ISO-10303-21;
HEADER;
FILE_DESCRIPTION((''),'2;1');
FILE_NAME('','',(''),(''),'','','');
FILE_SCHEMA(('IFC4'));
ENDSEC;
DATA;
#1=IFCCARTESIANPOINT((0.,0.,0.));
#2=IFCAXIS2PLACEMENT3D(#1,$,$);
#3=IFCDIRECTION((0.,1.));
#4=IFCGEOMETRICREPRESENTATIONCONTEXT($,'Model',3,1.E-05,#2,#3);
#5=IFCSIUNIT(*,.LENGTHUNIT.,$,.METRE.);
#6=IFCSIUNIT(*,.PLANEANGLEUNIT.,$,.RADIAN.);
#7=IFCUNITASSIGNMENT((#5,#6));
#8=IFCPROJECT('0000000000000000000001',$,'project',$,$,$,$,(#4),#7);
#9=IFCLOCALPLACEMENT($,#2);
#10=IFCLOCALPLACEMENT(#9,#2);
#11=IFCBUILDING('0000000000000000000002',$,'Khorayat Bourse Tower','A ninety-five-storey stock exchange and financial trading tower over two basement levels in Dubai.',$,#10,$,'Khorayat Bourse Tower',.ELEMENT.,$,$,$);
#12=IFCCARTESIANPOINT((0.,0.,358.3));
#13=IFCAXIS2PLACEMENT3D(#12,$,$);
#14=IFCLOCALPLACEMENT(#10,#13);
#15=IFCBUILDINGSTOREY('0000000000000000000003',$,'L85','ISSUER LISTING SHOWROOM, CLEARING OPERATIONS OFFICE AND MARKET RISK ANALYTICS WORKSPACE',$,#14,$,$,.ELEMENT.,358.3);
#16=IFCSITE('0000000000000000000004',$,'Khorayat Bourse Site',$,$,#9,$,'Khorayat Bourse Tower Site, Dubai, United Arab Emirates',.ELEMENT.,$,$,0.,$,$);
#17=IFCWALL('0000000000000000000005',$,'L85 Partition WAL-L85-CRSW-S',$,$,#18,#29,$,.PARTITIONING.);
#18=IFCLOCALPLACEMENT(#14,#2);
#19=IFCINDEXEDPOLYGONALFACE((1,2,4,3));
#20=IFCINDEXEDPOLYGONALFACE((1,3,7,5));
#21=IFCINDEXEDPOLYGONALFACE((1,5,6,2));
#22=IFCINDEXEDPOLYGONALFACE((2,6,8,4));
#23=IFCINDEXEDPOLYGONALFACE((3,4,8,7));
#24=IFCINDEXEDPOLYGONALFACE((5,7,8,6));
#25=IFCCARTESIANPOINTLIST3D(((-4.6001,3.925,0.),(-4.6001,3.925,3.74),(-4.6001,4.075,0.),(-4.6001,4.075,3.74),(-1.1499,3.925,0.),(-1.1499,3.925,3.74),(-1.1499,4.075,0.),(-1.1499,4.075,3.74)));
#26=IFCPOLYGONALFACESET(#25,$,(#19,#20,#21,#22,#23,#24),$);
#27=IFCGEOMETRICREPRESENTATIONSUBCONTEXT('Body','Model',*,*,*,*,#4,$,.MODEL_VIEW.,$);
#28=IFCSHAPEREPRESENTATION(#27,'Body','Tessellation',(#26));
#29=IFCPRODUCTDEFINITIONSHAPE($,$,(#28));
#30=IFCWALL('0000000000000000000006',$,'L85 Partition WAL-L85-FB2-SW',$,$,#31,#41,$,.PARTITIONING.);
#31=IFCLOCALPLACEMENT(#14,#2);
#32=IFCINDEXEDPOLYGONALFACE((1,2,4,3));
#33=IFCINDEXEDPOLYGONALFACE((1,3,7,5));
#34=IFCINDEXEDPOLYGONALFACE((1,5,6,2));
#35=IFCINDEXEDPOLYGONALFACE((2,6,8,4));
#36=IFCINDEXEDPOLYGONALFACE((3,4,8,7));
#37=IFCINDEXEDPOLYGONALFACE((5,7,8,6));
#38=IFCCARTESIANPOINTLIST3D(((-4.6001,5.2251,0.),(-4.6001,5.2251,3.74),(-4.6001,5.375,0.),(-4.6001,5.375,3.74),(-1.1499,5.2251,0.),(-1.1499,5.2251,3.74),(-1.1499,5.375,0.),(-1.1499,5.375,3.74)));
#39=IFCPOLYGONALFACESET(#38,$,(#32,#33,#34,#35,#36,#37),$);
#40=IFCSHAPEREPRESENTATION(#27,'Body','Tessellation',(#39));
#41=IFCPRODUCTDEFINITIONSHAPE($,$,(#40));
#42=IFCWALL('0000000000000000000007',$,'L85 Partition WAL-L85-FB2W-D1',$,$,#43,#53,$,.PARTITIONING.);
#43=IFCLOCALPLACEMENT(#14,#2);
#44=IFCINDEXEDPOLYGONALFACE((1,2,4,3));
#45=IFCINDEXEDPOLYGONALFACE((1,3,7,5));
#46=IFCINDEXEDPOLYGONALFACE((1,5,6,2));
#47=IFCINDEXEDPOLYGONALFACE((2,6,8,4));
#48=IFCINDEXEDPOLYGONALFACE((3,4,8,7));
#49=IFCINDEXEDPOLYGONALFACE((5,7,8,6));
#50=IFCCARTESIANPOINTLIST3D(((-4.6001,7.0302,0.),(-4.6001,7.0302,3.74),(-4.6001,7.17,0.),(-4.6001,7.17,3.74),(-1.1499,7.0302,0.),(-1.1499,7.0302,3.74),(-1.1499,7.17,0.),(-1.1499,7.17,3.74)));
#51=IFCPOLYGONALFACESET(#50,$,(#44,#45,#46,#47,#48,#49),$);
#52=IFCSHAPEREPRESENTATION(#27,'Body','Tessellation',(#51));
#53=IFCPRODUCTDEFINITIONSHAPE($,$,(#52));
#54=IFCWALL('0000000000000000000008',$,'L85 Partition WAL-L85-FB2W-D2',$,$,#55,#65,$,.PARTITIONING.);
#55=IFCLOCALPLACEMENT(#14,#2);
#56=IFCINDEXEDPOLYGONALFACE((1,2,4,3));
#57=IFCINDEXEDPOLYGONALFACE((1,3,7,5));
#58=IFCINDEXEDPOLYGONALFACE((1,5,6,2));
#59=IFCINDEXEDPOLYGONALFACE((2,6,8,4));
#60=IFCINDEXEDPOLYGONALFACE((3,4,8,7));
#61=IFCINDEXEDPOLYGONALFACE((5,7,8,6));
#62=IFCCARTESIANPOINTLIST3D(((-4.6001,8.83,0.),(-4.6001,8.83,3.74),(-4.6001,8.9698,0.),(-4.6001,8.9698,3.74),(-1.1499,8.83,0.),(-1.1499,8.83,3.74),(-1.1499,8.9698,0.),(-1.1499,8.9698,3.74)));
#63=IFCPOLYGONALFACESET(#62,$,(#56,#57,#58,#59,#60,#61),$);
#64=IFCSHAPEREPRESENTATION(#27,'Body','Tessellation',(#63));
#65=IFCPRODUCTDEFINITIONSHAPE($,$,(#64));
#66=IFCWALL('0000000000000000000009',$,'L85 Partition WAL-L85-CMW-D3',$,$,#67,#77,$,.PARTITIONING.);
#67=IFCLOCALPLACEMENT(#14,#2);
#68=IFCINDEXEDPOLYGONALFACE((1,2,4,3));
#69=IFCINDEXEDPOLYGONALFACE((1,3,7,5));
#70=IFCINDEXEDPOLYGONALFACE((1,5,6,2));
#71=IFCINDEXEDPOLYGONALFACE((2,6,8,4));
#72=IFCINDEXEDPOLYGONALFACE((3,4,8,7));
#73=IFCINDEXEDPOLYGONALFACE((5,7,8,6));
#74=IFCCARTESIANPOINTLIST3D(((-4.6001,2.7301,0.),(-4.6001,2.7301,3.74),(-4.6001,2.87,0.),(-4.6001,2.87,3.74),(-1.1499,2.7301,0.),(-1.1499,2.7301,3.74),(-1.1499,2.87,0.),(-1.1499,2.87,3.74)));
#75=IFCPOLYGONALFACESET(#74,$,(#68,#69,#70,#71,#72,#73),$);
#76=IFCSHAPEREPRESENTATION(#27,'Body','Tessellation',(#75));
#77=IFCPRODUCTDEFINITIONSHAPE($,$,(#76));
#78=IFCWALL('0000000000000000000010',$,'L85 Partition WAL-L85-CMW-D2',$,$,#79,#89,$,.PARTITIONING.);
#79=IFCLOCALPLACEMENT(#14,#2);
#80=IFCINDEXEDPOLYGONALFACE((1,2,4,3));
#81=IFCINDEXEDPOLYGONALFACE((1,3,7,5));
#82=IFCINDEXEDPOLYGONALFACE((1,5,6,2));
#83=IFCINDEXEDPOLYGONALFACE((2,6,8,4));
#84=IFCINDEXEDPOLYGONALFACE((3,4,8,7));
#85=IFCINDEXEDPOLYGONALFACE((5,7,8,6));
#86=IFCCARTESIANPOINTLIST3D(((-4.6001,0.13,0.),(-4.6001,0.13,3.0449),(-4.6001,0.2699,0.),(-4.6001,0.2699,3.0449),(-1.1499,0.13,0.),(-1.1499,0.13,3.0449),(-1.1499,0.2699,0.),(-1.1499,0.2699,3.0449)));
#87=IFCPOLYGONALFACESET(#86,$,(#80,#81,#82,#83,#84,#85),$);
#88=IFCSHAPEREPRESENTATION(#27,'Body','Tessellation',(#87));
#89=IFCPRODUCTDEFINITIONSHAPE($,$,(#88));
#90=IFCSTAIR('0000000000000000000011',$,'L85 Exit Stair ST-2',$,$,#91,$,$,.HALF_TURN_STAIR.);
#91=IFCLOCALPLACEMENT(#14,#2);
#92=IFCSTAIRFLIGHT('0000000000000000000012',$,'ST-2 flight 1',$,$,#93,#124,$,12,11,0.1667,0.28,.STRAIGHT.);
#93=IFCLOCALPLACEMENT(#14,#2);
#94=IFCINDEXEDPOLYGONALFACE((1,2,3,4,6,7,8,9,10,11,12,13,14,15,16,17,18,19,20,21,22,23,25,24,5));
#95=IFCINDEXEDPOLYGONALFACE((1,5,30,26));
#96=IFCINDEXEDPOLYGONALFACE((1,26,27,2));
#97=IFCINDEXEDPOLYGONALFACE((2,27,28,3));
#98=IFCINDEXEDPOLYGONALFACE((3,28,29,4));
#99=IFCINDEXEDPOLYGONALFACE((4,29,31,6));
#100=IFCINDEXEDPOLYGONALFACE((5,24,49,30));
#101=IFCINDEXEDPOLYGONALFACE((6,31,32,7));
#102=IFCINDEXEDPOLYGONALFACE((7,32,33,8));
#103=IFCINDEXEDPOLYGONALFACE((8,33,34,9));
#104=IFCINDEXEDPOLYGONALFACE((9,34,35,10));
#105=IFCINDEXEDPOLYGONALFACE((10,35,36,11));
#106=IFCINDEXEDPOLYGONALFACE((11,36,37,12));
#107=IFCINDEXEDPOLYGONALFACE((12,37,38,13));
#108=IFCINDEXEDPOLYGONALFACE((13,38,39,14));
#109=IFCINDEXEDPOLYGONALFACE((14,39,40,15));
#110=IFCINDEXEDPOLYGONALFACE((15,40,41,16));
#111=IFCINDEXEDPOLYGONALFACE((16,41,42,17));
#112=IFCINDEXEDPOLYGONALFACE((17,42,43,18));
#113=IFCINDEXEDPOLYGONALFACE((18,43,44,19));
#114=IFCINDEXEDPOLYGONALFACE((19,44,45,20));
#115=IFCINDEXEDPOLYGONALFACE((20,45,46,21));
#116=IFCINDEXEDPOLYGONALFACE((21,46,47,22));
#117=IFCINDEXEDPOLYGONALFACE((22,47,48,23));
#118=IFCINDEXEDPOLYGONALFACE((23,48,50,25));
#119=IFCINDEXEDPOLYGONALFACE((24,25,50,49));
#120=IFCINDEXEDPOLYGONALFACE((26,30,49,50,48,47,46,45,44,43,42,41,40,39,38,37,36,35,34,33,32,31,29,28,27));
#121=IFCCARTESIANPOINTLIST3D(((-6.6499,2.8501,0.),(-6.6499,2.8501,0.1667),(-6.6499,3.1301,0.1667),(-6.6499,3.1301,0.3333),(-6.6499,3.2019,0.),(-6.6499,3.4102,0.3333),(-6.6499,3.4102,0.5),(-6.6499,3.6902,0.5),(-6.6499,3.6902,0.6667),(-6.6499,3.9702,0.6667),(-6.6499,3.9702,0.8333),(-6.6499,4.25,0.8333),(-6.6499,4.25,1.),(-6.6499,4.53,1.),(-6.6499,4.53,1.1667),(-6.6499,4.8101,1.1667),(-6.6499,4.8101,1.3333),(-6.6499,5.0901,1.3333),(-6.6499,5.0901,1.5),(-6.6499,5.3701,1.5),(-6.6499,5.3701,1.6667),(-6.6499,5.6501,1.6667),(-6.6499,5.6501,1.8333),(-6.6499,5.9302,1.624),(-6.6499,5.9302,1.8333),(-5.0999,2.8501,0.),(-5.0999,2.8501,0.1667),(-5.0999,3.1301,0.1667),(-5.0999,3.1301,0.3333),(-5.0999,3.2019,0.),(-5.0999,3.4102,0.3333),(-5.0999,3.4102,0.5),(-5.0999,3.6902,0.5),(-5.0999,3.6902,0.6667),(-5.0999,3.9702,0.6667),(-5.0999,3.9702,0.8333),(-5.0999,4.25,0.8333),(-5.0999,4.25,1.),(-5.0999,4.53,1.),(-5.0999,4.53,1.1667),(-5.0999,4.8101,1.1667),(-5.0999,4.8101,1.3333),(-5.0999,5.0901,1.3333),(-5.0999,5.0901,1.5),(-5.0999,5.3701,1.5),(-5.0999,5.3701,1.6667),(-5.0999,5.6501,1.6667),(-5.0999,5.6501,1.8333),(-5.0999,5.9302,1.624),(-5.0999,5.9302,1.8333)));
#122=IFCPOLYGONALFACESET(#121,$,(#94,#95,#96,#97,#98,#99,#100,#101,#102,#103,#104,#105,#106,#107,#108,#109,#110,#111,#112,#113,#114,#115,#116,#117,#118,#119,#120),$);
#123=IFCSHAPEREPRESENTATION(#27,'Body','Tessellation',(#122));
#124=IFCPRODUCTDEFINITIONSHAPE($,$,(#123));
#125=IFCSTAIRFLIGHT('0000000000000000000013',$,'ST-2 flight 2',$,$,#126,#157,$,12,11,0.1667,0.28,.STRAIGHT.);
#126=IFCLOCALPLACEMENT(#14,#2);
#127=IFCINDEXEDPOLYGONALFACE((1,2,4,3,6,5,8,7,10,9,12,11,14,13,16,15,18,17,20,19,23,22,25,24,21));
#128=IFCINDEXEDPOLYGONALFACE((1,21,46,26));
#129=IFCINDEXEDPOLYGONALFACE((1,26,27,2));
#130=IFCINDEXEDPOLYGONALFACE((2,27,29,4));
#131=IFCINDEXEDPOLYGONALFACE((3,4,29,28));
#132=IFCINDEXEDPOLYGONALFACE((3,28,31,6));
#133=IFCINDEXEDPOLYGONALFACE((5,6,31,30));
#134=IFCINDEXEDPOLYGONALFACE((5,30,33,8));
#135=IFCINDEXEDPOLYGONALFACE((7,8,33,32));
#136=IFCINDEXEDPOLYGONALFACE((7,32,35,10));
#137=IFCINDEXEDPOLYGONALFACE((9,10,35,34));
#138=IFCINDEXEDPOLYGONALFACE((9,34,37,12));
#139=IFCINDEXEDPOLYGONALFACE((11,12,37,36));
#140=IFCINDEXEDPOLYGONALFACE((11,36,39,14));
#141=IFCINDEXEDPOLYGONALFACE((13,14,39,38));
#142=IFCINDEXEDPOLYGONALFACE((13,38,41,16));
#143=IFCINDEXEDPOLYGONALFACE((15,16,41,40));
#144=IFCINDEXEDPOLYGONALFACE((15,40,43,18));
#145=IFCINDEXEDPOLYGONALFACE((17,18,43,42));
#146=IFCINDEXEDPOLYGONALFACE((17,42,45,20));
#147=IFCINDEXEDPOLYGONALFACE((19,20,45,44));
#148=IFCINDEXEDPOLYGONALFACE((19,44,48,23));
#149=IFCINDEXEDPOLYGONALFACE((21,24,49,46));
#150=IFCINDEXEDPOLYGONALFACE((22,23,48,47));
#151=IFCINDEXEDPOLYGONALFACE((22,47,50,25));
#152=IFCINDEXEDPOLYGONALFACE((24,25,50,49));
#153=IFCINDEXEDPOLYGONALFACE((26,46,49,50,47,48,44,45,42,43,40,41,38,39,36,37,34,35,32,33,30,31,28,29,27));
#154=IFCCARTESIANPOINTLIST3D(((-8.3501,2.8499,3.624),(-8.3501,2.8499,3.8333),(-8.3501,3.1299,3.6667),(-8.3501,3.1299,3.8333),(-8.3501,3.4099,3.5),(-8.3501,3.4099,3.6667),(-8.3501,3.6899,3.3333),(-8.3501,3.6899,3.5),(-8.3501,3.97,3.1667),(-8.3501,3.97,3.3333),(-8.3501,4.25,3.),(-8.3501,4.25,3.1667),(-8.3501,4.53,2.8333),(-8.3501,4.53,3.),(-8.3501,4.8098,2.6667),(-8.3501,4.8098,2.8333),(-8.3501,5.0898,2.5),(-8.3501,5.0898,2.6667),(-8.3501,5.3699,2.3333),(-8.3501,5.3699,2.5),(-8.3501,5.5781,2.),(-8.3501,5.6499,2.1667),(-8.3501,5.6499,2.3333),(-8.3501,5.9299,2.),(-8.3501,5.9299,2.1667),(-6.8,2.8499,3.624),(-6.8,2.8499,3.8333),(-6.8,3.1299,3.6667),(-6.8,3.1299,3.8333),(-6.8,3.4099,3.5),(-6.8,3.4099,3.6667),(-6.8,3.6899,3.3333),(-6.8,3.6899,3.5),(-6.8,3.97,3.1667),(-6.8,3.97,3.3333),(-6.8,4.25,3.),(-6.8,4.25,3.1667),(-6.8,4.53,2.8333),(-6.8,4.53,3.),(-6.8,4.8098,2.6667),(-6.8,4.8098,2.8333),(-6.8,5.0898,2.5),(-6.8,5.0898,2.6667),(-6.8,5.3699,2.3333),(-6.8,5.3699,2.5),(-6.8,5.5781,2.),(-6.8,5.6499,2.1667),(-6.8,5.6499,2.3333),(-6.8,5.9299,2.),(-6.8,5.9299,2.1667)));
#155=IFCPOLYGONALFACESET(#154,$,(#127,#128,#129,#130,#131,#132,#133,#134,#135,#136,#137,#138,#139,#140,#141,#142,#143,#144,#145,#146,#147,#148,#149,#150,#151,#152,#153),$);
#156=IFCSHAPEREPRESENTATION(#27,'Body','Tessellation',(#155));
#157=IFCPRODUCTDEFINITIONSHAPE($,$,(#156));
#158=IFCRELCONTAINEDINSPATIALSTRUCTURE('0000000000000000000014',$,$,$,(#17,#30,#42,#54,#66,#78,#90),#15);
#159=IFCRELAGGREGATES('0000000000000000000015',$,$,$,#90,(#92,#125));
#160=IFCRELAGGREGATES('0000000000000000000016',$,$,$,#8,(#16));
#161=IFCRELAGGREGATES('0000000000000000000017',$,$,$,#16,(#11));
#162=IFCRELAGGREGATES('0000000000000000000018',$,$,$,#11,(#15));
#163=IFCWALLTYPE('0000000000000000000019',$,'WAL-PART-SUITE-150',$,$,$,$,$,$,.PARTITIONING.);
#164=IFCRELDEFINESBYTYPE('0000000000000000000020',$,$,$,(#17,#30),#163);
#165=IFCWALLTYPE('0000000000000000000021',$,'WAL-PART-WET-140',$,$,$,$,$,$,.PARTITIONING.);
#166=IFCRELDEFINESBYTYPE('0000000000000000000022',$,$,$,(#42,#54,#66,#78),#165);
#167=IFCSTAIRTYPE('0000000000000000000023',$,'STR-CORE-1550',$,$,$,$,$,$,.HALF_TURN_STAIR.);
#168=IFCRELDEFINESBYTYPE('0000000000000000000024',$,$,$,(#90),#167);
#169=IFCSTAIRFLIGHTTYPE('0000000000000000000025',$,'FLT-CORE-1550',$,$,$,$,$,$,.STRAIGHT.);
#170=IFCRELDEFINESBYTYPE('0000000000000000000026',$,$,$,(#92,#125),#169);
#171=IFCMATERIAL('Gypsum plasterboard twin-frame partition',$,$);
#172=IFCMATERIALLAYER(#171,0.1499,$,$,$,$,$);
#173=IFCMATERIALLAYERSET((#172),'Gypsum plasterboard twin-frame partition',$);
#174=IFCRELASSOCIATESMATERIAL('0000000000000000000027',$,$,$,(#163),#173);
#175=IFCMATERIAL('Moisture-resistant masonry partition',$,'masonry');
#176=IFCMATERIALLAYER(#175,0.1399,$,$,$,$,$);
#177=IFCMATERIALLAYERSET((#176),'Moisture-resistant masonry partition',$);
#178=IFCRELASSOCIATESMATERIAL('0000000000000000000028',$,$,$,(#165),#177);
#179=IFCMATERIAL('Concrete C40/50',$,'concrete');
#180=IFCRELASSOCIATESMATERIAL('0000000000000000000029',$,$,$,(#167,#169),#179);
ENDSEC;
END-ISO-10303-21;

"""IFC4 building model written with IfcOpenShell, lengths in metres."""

from ifc_helpers import new_model, si_unit, direction, frame, frame_2d, origin, place, context, subcontext, project, spatial, polyline, rectangle, outline, extrude, source, transform, mapped, material, layer, layer_set, type_object, element, aggregate, save


model = new_model("IFC4")

# Units and contexts
model_context = context("Model", 3, precision=1e-05, world=origin(), true_north=direction((0.0, 1.0)))
body_context = subcontext(model_context, "Body", "Model", "MODEL_VIEW")
ifc_project = project(units=[si_unit("LENGTHUNIT", "METRE"), si_unit("PLANEANGLEUNIT", "RADIAN")], contexts=[model_context])

# Site, building, storey
site_placement = place(None, origin())
site = spatial("IfcSite", under=ifc_project, at=site_placement, Name="Khorayat Bourse Site", LongName="Khorayat Bourse Tower Site, Dubai, United Arab Emirates", CompositionType="ELEMENT", RefElevation=0.0)
building_placement = place(site_placement, origin())
building = spatial("IfcBuilding", under=site, at=building_placement, Name="Khorayat Bourse Tower", Description="A ninety-five-storey stock exchange and financial trading tower over two basement levels in Dubai.", LongName="Khorayat Bourse Tower", CompositionType="ELEMENT")
storey_placement = place(building_placement, frame((0.0, 0.0, 358.3)))
storey = spatial("IfcBuildingStorey", under=building, at=storey_placement, Name="L85", Description="ISSUER LISTING SHOWROOM, CLEARING OPERATIONS OFFICE AND MARKET RISK ANALYTICS WORKSPACE", CompositionType="ELEMENT", Elevation=358.3)

# Walls
ifc_material_1 = material(Name="Gypsum plasterboard twin-frame partition")
ifc_layer_1 = layer(ifc_material_1, 0.1499)
ifc_layer_set_1 = layer_set([ifc_layer_1], Name="Gypsum plasterboard twin-frame partition")
wall_type_1 = type_object("IfcWallType", Name="WAL-PART-SUITE-150", PredefinedType="PARTITIONING", material=ifc_layer_set_1)
shared_shape_1 = source(origin(), body_context, "Body", "SweptSolid", [
    extrude(rectangle(XDim=3.4502, YDim=0.1499, at=frame_2d((1.7251, 0.0))), origin(), (0.0, 0.0, 1.0), 3.74),
])
for number, where, z_axis, x_axis, name in (
    (1, (-4.6001, 4.0, 0.0), (0.0, 0.0, 1.0), (1.0, 0.0, 0.0), "L85 Partition WAL-L85-CRSW-S"),
    (2, (-4.6001, 5.3, 0.0), (0.0, 0.0, 1.0), (1.0, 0.0, 0.0), "L85 Partition WAL-L85-FB2-SW"),
):
    element("IfcWall", number, at=place(storey_placement, frame(where, z_axis=z_axis, x_axis=x_axis)), inside=storey, type_object=wall_type_1, Name=name, PredefinedType="PARTITIONING", context=body_context, shape_type="MappedRepresentation", body=[
        mapped(shared_shape_1, transform((0.0, 0.0, 0.0), scale=1.0)),
    ])
ifc_material_2 = material(Name="Moisture-resistant masonry partition", Category="masonry")
ifc_layer_2 = layer(ifc_material_2, 0.1399)
ifc_layer_set_2 = layer_set([ifc_layer_2], Name="Moisture-resistant masonry partition")
wall_type_2 = type_object("IfcWallType", Name="WAL-PART-WET-140", PredefinedType="PARTITIONING", material=ifc_layer_set_2)
shared_shape_2 = source(origin(), body_context, "Body", "SweptSolid", [
    extrude(rectangle(XDim=3.4502, YDim=0.1399, at=frame_2d((1.7251, 0.0))), origin(), (0.0, 0.0, 1.0), 3.74),
])
for number, where, z_axis, x_axis, name in (
    (3, (-4.6001, 7.1001, 0.0), (0.0, 0.0, 1.0), (1.0, 0.0, 0.0), "L85 Partition WAL-L85-FB2W-D1"),
    (4, (-4.6001, 8.8999, 0.0), (0.0, 0.0, 1.0), (1.0, 0.0, 0.0), "L85 Partition WAL-L85-FB2W-D2"),
    (5, (-4.6001, 2.8, 0.0), (0.0, 0.0, 1.0), (1.0, 0.0, 0.0), "L85 Partition WAL-L85-CMW-D3"),
):
    element("IfcWall", number, at=place(storey_placement, frame(where, z_axis=z_axis, x_axis=x_axis)), inside=storey, type_object=wall_type_2, Name=name, PredefinedType="PARTITIONING", context=body_context, shape_type="MappedRepresentation", body=[
        mapped(shared_shape_2, transform((0.0, 0.0, 0.0), scale=1.0)),
    ])
shared_shape_3 = source(origin(), body_context, "Body", "SweptSolid", [
    extrude(rectangle(XDim=3.4502, YDim=0.1399, at=frame_2d((1.7251, 0.0))), origin(), (0.0, 0.0, 1.0), 3.0449),
])
wall_1_placement = place(storey_placement, frame((-4.6001, 0.2, 0.0), z_axis=(0.0, 0.0, 1.0), x_axis=(1.0, 0.0, 0.0)))
element("IfcWall", 6, at=wall_1_placement, inside=storey, type_object=wall_type_2, Name="L85 Partition WAL-L85-CMW-D2", PredefinedType="PARTITIONING", context=body_context, shape_type="MappedRepresentation", body=[
    mapped(shared_shape_3, transform((0.0, 0.0, 0.0), scale=1.0)),
])

# Stair, stair flights
ifc_material_3 = material(Name="Concrete C40/50", Category="concrete")
stair_type = type_object("IfcStairType", Name="STR-CORE-1550", PredefinedType="HALF_TURN_STAIR", material=ifc_material_3)
stair_placement = place(storey_placement, origin())
stair = element("IfcStair", 7, at=stair_placement, inside=storey, type_object=stair_type, Name="L85 Exit Stair ST-2", PredefinedType="HALF_TURN_STAIR")
stair_flight_type = type_object("IfcStairFlightType", Name="FLT-CORE-1550", PredefinedType="STRAIGHT", material=ifc_material_3)
shared_shape_4 = source(origin(), body_context, "Body", "SweptSolid", [
    extrude(outline(polyline([(0.0, 0.0), (0.0, 0.1667), (0.28, 0.1667), (0.28, 0.3333), (0.5601, 0.3333), (0.5601, 0.5), (0.8401, 0.5), (0.8401, 0.6667), (1.1201, 0.6667), (1.1201, 0.8333), (1.3999, 0.8333), (1.3999, 1.0), (1.6799, 1.0), (1.6799, 1.1667), (1.96, 1.1667), (1.96, 1.3333), (2.24, 1.3333), (2.24, 1.5), (2.52, 1.5), (2.52, 1.6667), (2.8, 1.6667), (2.8, 1.8333), (3.0801, 1.8333), (3.0801, 2.0), (3.0801, 1.624), (0.3518, 0.0), (0.0, 0.0)])), frame((0.0, 0.7749, 0.0), z_axis=(0.0, -1.0, 0.0), x_axis=(1.0, 0.0, 0.0)), (0.0, 0.0, 1.0), 1.55),
])
stair_flight_1_placement = place(storey_placement, frame((-5.875, 2.8501, 0.0), z_axis=(0.0, 0.0, 1.0), x_axis=(0.0, 1.0, 0.0)))
stair_flight_1 = element("IfcStairFlight", 8, at=stair_flight_1_placement, type_object=stair_flight_type, Name="ST-2 flight 1", NumberOfRisers=12, NumberOfTreads=11, PredefinedType="STRAIGHT", RiserHeight=0.1667, TreadLength=0.28, context=body_context, shape_type="MappedRepresentation", body=[
    mapped(shared_shape_4, transform((0.0, 0.0, 0.0), scale=1.0)),
])
stair_flight_2_placement = place(storey_placement, frame((-7.575, 5.9299, 2.0), z_axis=(0.0, 0.0, 1.0), x_axis=(0.0, -1.0, 0.0)))
stair_flight_2 = element("IfcStairFlight", 9, at=stair_flight_2_placement, type_object=stair_flight_type, Name="ST-2 flight 2", NumberOfRisers=12, NumberOfTreads=11, PredefinedType="STRAIGHT", RiserHeight=0.1667, TreadLength=0.28, context=body_context, shape_type="MappedRepresentation", body=[
    mapped(shared_shape_4, transform((0.0, 0.0, 0.0), scale=1.0)),
])
aggregate(stair, [stair_flight_1, stair_flight_2])

save(model, "model.ifc")
